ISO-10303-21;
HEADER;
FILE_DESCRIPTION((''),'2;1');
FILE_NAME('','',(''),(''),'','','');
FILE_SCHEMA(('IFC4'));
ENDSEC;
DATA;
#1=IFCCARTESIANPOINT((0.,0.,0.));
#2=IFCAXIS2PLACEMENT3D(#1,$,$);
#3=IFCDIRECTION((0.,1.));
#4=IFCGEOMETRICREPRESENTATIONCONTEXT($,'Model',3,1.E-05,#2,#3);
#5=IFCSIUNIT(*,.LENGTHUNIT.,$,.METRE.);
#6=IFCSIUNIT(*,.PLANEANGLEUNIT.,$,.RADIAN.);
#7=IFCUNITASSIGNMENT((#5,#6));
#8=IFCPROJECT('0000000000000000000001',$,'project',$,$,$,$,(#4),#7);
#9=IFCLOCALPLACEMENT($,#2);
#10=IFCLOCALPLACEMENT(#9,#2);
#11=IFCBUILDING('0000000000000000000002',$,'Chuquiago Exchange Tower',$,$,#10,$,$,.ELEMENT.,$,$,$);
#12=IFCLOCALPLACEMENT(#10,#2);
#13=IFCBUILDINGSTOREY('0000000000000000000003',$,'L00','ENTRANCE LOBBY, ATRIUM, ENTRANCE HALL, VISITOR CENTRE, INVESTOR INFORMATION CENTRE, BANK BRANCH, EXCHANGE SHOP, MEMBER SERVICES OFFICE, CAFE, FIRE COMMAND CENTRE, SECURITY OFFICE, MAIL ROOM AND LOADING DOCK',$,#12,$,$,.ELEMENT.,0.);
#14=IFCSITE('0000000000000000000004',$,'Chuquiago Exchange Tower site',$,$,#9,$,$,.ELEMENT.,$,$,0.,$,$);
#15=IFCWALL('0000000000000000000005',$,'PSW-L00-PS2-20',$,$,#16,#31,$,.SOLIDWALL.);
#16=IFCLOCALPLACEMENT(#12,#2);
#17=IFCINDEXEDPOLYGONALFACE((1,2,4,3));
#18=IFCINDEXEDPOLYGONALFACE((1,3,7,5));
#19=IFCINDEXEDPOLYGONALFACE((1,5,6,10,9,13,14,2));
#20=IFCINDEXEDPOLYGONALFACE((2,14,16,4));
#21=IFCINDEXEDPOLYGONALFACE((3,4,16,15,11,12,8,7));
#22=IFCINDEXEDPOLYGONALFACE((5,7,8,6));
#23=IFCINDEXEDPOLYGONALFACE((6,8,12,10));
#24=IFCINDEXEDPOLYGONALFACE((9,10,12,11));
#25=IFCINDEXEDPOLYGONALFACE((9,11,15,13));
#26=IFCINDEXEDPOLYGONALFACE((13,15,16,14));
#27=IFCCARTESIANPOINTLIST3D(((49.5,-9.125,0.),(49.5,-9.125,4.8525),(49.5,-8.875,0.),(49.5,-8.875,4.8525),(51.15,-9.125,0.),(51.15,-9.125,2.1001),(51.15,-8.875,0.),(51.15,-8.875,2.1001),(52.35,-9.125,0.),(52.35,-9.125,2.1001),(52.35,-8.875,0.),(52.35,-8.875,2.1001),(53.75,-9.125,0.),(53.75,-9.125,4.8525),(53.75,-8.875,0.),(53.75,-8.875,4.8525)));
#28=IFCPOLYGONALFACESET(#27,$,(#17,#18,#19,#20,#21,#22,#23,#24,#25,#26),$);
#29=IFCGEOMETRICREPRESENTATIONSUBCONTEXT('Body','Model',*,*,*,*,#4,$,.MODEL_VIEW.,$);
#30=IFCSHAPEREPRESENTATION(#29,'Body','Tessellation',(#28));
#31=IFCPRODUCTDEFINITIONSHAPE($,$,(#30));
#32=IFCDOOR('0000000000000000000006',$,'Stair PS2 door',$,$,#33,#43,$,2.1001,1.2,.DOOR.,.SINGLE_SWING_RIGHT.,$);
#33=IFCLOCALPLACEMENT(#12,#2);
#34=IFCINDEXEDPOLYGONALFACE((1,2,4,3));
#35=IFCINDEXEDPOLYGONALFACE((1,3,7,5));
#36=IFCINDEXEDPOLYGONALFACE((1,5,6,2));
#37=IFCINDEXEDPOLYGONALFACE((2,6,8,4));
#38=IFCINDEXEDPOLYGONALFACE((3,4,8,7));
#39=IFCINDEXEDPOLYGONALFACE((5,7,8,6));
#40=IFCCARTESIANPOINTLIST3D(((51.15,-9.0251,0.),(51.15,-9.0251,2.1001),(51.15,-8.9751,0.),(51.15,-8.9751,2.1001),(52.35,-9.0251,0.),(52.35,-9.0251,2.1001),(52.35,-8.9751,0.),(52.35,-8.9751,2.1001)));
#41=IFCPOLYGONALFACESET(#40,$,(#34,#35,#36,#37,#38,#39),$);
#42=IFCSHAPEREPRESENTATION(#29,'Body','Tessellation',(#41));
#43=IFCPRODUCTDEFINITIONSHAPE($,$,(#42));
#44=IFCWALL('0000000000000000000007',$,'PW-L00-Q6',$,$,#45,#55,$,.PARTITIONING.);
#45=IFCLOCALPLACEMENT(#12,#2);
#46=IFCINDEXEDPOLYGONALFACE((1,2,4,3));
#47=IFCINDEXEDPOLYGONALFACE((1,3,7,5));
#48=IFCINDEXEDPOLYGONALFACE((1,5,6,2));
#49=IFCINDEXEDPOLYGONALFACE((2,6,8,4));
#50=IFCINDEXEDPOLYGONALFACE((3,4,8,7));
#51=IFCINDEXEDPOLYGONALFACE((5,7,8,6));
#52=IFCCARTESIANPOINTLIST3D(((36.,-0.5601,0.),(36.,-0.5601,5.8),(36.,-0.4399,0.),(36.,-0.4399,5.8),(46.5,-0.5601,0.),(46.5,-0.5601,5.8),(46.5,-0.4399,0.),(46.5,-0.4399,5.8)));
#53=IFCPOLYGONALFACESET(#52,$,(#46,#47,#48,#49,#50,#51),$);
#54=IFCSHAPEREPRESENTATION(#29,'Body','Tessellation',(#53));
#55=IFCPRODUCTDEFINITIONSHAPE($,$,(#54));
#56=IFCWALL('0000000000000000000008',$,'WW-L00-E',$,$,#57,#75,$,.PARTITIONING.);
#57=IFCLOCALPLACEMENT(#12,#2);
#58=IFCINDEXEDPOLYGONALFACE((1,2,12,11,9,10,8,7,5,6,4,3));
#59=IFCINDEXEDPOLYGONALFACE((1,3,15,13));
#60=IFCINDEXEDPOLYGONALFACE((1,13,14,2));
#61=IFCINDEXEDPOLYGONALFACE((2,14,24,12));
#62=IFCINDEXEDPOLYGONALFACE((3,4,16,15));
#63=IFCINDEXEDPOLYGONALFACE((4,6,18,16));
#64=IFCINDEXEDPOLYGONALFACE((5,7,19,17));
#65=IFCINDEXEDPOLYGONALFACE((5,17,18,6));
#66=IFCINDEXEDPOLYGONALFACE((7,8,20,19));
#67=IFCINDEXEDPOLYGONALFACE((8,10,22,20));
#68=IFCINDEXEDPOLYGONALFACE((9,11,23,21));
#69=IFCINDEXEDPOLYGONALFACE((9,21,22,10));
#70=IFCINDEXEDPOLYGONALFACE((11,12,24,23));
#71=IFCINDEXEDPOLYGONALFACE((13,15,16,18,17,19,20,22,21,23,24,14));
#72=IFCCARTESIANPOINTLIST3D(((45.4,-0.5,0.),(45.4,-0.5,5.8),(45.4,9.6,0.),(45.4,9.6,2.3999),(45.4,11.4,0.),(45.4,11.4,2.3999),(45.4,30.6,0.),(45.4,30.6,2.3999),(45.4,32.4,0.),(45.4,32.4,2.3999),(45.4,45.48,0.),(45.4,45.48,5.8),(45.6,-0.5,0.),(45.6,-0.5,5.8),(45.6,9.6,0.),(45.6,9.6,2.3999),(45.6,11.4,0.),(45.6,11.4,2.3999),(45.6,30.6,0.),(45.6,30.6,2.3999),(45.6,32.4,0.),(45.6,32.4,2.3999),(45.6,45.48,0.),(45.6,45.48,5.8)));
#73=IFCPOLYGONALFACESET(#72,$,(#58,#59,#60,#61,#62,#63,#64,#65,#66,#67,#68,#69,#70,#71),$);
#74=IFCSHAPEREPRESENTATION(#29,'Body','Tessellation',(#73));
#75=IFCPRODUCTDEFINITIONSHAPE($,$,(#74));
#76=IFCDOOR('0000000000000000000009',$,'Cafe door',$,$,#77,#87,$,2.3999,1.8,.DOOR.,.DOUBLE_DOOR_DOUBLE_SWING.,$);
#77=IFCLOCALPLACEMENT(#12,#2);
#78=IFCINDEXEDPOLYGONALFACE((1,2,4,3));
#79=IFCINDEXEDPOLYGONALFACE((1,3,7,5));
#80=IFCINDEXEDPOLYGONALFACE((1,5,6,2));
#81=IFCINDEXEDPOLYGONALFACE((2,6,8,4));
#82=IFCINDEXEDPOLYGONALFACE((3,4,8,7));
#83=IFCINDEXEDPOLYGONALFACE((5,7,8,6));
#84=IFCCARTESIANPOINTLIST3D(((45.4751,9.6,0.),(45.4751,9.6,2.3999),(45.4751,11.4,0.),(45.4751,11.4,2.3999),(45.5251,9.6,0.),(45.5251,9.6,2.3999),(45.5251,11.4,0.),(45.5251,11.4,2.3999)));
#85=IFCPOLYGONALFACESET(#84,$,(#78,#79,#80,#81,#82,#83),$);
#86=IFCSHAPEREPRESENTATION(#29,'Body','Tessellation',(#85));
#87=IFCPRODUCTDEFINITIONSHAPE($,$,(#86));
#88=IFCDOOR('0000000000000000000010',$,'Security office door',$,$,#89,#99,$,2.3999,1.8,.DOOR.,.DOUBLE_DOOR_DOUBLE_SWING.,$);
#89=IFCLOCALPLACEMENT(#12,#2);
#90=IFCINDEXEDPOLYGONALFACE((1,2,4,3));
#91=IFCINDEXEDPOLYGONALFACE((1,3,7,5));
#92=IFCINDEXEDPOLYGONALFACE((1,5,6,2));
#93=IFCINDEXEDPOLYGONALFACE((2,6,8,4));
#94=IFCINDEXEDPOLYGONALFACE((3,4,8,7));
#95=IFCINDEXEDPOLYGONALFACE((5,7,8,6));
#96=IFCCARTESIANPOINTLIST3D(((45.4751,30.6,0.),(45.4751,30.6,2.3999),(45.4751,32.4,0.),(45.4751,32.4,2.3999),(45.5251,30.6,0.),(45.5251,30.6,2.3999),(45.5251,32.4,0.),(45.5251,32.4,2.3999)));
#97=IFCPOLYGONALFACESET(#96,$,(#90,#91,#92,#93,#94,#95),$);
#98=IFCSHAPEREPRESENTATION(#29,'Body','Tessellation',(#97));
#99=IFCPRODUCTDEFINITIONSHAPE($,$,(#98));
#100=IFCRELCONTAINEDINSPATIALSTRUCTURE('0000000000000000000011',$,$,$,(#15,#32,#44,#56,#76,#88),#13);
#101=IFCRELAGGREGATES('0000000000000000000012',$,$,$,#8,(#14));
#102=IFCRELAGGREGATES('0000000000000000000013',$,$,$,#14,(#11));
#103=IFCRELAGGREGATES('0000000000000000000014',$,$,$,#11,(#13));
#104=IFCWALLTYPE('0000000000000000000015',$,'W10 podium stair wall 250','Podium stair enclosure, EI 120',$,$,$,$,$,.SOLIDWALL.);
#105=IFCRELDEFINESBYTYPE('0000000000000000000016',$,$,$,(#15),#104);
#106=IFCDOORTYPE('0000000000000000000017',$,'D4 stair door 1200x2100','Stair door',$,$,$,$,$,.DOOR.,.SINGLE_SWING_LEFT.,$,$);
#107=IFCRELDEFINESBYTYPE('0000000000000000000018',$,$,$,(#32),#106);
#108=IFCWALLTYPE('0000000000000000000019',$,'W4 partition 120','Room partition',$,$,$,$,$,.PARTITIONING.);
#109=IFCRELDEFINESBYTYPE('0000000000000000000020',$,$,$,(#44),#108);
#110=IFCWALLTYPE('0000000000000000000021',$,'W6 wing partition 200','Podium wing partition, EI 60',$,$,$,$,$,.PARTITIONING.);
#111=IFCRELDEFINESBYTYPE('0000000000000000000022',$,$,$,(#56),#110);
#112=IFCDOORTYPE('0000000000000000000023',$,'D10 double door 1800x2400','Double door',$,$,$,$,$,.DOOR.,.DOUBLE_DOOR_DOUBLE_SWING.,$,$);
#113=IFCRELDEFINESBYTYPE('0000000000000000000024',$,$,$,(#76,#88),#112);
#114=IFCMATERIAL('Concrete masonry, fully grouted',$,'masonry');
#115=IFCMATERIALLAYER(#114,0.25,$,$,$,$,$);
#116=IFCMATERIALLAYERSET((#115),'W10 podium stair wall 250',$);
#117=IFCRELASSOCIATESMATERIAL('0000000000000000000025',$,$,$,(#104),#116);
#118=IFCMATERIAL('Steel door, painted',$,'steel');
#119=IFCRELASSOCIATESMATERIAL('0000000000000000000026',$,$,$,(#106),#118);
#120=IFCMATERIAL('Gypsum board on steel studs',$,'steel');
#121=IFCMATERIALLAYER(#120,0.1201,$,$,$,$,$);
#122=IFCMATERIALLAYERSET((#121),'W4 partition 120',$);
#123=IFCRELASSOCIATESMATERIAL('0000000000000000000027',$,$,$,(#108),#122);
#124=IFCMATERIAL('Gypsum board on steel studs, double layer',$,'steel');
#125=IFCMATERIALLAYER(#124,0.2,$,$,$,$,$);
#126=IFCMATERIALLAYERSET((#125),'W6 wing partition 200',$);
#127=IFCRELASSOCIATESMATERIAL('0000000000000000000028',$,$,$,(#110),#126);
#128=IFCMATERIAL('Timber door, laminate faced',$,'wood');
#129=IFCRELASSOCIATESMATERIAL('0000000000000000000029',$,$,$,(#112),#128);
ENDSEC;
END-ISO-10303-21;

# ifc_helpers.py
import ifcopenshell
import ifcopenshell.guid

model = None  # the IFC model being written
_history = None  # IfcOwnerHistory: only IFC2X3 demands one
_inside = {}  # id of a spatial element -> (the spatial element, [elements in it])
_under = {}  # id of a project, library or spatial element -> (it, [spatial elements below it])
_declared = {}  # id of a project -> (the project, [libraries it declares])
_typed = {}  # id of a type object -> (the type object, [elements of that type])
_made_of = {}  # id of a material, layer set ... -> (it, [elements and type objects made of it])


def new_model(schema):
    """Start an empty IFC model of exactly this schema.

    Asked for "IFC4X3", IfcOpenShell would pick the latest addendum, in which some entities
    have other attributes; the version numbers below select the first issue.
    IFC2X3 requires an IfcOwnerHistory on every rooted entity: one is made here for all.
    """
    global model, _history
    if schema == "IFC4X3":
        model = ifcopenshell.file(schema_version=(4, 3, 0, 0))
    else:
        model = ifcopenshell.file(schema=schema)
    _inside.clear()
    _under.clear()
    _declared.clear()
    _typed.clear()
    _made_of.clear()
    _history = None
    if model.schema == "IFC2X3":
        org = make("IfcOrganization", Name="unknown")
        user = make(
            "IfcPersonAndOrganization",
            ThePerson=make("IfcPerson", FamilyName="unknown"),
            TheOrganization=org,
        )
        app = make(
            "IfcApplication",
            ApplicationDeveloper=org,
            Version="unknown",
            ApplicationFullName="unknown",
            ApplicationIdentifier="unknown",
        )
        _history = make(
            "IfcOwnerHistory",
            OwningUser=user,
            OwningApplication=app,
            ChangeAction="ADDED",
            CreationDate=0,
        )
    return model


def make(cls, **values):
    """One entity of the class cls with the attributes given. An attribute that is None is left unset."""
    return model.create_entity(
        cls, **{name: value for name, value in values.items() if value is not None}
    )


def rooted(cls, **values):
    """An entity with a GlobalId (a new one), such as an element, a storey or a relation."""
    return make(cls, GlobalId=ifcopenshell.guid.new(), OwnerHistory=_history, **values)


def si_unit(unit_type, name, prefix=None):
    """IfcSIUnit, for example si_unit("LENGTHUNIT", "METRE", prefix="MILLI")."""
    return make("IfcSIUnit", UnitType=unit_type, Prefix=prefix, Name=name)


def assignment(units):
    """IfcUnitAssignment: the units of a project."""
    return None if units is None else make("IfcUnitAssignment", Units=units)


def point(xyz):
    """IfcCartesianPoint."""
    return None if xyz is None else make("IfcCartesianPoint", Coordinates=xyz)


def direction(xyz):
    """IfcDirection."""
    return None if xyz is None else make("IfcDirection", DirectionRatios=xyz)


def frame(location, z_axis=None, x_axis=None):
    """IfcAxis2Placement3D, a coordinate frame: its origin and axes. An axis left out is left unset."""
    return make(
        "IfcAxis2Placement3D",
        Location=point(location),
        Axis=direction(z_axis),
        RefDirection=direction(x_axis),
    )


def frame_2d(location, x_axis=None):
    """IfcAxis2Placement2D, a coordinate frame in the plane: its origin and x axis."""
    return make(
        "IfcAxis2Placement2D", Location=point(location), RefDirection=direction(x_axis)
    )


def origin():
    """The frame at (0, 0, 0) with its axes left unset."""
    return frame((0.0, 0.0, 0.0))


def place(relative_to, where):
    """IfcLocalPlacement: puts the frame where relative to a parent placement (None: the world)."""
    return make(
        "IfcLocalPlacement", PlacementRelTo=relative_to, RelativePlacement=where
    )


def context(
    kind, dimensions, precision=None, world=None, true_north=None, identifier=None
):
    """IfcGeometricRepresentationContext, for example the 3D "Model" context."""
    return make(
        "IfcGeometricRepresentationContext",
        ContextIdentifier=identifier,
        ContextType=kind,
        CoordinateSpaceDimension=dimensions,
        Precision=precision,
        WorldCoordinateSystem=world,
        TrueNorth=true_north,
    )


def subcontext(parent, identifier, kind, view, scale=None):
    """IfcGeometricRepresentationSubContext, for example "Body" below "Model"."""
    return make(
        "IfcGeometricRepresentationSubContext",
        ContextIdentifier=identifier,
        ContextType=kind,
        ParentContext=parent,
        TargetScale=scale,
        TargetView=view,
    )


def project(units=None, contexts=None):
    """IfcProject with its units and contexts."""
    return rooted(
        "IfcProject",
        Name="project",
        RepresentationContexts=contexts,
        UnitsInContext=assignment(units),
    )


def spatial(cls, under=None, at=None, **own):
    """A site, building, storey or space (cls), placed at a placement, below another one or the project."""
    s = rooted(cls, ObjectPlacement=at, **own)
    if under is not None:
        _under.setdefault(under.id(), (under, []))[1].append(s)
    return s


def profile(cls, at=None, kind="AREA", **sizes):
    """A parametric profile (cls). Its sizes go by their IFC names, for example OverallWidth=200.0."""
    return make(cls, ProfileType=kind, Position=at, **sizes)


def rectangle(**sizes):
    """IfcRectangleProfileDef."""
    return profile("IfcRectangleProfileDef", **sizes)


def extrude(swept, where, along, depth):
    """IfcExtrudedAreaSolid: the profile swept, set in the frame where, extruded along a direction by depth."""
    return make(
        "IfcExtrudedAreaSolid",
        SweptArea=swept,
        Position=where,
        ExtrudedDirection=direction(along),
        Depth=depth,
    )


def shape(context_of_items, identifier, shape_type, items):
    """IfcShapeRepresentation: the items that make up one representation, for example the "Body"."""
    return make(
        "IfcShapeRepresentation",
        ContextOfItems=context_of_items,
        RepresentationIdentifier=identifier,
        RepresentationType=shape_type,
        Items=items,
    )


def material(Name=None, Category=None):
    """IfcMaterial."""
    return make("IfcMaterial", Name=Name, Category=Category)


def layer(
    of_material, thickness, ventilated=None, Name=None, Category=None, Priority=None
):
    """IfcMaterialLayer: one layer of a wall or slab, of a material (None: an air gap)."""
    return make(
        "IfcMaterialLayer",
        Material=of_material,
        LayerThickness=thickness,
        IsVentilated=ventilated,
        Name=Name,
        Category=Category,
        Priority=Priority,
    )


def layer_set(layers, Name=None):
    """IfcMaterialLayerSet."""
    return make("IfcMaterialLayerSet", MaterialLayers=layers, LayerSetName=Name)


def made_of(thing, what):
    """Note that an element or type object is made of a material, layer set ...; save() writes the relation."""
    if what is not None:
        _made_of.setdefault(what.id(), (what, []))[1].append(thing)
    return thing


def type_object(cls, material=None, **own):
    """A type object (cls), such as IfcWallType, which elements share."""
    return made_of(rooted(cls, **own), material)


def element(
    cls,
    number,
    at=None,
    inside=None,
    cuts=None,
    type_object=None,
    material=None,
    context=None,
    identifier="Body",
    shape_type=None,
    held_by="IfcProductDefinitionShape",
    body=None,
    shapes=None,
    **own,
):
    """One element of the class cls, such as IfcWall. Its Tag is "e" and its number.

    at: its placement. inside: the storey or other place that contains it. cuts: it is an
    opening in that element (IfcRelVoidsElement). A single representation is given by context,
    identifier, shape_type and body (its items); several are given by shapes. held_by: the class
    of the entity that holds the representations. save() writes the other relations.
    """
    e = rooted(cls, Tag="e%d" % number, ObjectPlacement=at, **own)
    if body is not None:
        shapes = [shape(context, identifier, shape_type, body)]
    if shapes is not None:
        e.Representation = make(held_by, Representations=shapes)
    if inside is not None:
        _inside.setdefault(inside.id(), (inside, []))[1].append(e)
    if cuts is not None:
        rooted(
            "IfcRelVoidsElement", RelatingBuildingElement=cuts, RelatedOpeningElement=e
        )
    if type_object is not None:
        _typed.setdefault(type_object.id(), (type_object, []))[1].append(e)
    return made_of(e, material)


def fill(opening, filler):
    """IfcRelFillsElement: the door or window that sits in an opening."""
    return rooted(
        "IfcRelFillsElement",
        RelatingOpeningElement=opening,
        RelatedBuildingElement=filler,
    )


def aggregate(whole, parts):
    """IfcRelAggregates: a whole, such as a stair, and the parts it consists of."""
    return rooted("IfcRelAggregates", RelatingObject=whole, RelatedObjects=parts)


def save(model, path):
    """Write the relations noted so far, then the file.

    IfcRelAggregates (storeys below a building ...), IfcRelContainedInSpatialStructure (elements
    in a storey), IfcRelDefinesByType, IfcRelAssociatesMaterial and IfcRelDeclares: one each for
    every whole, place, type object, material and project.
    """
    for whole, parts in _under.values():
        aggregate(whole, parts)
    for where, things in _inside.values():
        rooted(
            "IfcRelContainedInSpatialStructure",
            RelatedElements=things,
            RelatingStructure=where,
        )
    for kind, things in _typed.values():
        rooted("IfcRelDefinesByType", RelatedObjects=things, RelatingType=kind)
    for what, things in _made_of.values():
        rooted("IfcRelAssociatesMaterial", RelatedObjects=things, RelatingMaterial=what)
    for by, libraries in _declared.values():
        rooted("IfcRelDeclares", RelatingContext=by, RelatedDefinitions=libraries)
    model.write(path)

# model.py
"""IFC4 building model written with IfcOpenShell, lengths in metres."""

from ifc_helpers import new_model, si_unit, direction, frame, frame_2d, origin, place, context, subcontext, project, spatial, rectangle, extrude, material, layer, layer_set, type_object, element, fill, save


model = new_model("IFC4")

# Units and contexts
model_context = context("Model", 3, precision=1e-05, world=origin(), true_north=direction((0.0, 1.0)))
body_context = subcontext(model_context, "Body", "Model", "MODEL_VIEW")
ifc_project = project(units=[si_unit("LENGTHUNIT", "METRE"), si_unit("PLANEANGLEUNIT", "RADIAN")], contexts=[model_context])

# Site, building, storey
site_placement = place(None, origin())
site = spatial("IfcSite", under=ifc_project, at=site_placement, Name="Chuquiago Exchange Tower site", CompositionType="ELEMENT", RefElevation=0.0)
building_placement = place(site_placement, origin())
building = spatial("IfcBuilding", under=site, at=building_placement, Name="Chuquiago Exchange Tower", CompositionType="ELEMENT")
storey_placement = place(building_placement, origin())
storey = spatial("IfcBuildingStorey", under=building, at=storey_placement, Name="L00", Description="ENTRANCE LOBBY, ATRIUM, ENTRANCE HALL, VISITOR CENTRE, INVESTOR INFORMATION CENTRE, BANK BRANCH, EXCHANGE SHOP, MEMBER SERVICES OFFICE, CAFE, FIRE COMMAND CENTRE, SECURITY OFFICE, MAIL ROOM AND LOADING DOCK", CompositionType="ELEMENT", Elevation=0.0)

# Wall, opening, door
ifc_material_1 = material(Name="Concrete masonry, fully grouted", Category="masonry")
ifc_layer_1 = layer(ifc_material_1, 0.25)
ifc_layer_set_1 = layer_set([ifc_layer_1], Name="W10 podium stair wall 250")
wall_type_1 = type_object("IfcWallType", Name="W10 podium stair wall 250", Description="Podium stair enclosure, EI 120", PredefinedType="SOLIDWALL", material=ifc_layer_set_1)
wall_1_placement = place(storey_placement, frame((49.5, -9.0, 0.0), z_axis=(0.0, 0.0, 1.0), x_axis=(1.0, 0.0, 0.0)))
wall_1 = element("IfcWall", 1, at=wall_1_placement, inside=storey, type_object=wall_type_1, Name="PSW-L00-PS2-20", PredefinedType="SOLIDWALL", context=body_context, shape_type="SweptSolid", body=[
    extrude(rectangle(XDim=4.25, YDim=0.25, at=frame_2d((2.125, 0.0))), origin(), (0.0, 0.0, 1.0), 4.8525),
])
opening_1_placement = place(wall_1_placement, frame((1.6499, 0.0, 0.0)))
opening_1 = element("IfcOpeningElement", 2, at=opening_1_placement, cuts=wall_1, PredefinedType="OPENING", context=body_context, shape_type="SweptSolid", body=[
    extrude(rectangle(XDim=1.2, YDim=2.1001, at=frame_2d((0.6001, 1.05))), frame((0.0, 0.135, 0.0), z_axis=(0.0, -1.0, 0.0), x_axis=(1.0, 0.0, 0.0)), (0.0, 0.0, 1.0), 0.27),
])
ifc_material_2 = material(Name="Steel door, painted", Category="steel")
door_type_1 = type_object("IfcDoorType", Name="D4 stair door 1200x2100", Description="Stair door", OperationType="SINGLE_SWING_LEFT", PredefinedType="DOOR", material=ifc_material_2)
door_1_placement = place(opening_1_placement, origin())
door_1 = element("IfcDoor", 3, at=door_1_placement, inside=storey, type_object=door_type_1, Name="Stair PS2 door", OperationType="SINGLE_SWING_RIGHT", OverallHeight=2.1001, OverallWidth=1.2, PredefinedType="DOOR", context=body_context, shape_type="SweptSolid", body=[
    extrude(rectangle(XDim=1.2, YDim=2.1001, at=frame_2d((0.6001, 1.05))), frame((0.0, 0.0249, 0.0), z_axis=(0.0, -1.0, 0.0), x_axis=(1.0, 0.0, 0.0)), (0.0, 0.0, 1.0), 0.05),
])
fill(opening_1, door_1)

# Wall
ifc_material_3 = material(Name="Gypsum board on steel studs", Category="steel")
ifc_layer_2 = layer(ifc_material_3, 0.1201)
ifc_layer_set_2 = layer_set([ifc_layer_2], Name="W4 partition 120")
wall_type_2 = type_object("IfcWallType", Name="W4 partition 120", Description="Room partition", PredefinedType="PARTITIONING", material=ifc_layer_set_2)
wall_2_placement = place(storey_placement, frame((36.0, -0.5, 0.0), z_axis=(0.0, 0.0, 1.0), x_axis=(1.0, 0.0, 0.0)))
element("IfcWall", 4, at=wall_2_placement, inside=storey, type_object=wall_type_2, Name="PW-L00-Q6", PredefinedType="PARTITIONING", context=body_context, shape_type="SweptSolid", body=[
    extrude(rectangle(XDim=10.5, YDim=0.1201, at=frame_2d((5.25, 0.0))), origin(), (0.0, 0.0, 1.0), 5.8),
])

# Wall, openings, doors
ifc_material_4 = material(Name="Gypsum board on steel studs, double layer", Category="steel")
ifc_layer_3 = layer(ifc_material_4, 0.2)
ifc_layer_set_3 = layer_set([ifc_layer_3], Name="W6 wing partition 200")
wall_type_3 = type_object("IfcWallType", Name="W6 wing partition 200", Description="Podium wing partition, EI 60", PredefinedType="PARTITIONING", material=ifc_layer_set_3)
wall_3_placement = place(storey_placement, frame((45.5, -0.5, 0.0), z_axis=(0.0, 0.0, 1.0), x_axis=(0.0, 1.0, 0.0)))
wall_3 = element("IfcWall", 5, at=wall_3_placement, inside=storey, type_object=wall_type_3, Name="WW-L00-E", PredefinedType="PARTITIONING", context=body_context, shape_type="SweptSolid", body=[
    extrude(rectangle(XDim=45.98, YDim=0.2, at=frame_2d((22.99, 0.0))), origin(), (0.0, 0.0, 1.0), 5.8),
])
opening_2_placement = place(wall_3_placement, frame((10.1001, 0.0, 0.0)))
opening_2 = element("IfcOpeningElement", 6, at=opening_2_placement, cuts=wall_3, PredefinedType="OPENING", context=body_context, shape_type="SweptSolid", body=[
    extrude(rectangle(XDim=1.8, YDim=2.3999, at=frame_2d((0.8999, 1.2))), frame((0.0, 0.1099, 0.0), z_axis=(0.0, -1.0, 0.0), x_axis=(1.0, 0.0, 0.0)), (0.0, 0.0, 1.0), 0.22),
])
opening_3_placement = place(wall_3_placement, frame((31.1001, 0.0, 0.0)))
opening_3 = element("IfcOpeningElement", 7, at=opening_3_placement, cuts=wall_3, PredefinedType="OPENING", context=body_context, shape_type="SweptSolid", body=[
    extrude(rectangle(XDim=1.8, YDim=2.3999, at=frame_2d((0.8999, 1.2))), frame((0.0, 0.1099, 0.0), z_axis=(0.0, -1.0, 0.0), x_axis=(1.0, 0.0, 0.0)), (0.0, 0.0, 1.0), 0.22),
])
ifc_material_5 = material(Name="Timber door, laminate faced", Category="wood")
door_type_2 = type_object("IfcDoorType", Name="D10 double door 1800x2400", Description="Double door", OperationType="DOUBLE_DOOR_DOUBLE_SWING", PredefinedType="DOOR", material=ifc_material_5)
door_2_placement = place(opening_2_placement, origin())
door_2 = element("IfcDoor", 8, at=door_2_placement, inside=storey, type_object=door_type_2, Name="Cafe door", OperationType="DOUBLE_DOOR_DOUBLE_SWING", OverallHeight=2.3999, OverallWidth=1.8, PredefinedType="DOOR", context=body_context, shape_type="SweptSolid", body=[
    extrude(rectangle(XDim=1.8, YDim=2.3999, at=frame_2d((0.8999, 1.2))), frame((0.0, 0.0249, 0.0), z_axis=(0.0, -1.0, 0.0), x_axis=(1.0, 0.0, 0.0)), (0.0, 0.0, 1.0), 0.05),
])
fill(opening_2, door_2)
door_3_placement = place(opening_3_placement, origin())
door_3 = element("IfcDoor", 9, at=door_3_placement, inside=storey, type_object=door_type_2, Name="Security office door", OperationType="DOUBLE_DOOR_DOUBLE_SWING", OverallHeight=2.3999, OverallWidth=1.8, PredefinedType="DOOR", context=body_context, shape_type="SweptSolid", body=[
    extrude(rectangle(XDim=1.8, YDim=2.3999, at=frame_2d((0.8999, 1.2))), frame((0.0, 0.0249, 0.0), z_axis=(0.0, -1.0, 0.0), x_axis=(1.0, 0.0, 0.0)), (0.0, 0.0, 1.0), 0.05),
])
fill(opening_3, door_3)

save(model, "model.ifc")
